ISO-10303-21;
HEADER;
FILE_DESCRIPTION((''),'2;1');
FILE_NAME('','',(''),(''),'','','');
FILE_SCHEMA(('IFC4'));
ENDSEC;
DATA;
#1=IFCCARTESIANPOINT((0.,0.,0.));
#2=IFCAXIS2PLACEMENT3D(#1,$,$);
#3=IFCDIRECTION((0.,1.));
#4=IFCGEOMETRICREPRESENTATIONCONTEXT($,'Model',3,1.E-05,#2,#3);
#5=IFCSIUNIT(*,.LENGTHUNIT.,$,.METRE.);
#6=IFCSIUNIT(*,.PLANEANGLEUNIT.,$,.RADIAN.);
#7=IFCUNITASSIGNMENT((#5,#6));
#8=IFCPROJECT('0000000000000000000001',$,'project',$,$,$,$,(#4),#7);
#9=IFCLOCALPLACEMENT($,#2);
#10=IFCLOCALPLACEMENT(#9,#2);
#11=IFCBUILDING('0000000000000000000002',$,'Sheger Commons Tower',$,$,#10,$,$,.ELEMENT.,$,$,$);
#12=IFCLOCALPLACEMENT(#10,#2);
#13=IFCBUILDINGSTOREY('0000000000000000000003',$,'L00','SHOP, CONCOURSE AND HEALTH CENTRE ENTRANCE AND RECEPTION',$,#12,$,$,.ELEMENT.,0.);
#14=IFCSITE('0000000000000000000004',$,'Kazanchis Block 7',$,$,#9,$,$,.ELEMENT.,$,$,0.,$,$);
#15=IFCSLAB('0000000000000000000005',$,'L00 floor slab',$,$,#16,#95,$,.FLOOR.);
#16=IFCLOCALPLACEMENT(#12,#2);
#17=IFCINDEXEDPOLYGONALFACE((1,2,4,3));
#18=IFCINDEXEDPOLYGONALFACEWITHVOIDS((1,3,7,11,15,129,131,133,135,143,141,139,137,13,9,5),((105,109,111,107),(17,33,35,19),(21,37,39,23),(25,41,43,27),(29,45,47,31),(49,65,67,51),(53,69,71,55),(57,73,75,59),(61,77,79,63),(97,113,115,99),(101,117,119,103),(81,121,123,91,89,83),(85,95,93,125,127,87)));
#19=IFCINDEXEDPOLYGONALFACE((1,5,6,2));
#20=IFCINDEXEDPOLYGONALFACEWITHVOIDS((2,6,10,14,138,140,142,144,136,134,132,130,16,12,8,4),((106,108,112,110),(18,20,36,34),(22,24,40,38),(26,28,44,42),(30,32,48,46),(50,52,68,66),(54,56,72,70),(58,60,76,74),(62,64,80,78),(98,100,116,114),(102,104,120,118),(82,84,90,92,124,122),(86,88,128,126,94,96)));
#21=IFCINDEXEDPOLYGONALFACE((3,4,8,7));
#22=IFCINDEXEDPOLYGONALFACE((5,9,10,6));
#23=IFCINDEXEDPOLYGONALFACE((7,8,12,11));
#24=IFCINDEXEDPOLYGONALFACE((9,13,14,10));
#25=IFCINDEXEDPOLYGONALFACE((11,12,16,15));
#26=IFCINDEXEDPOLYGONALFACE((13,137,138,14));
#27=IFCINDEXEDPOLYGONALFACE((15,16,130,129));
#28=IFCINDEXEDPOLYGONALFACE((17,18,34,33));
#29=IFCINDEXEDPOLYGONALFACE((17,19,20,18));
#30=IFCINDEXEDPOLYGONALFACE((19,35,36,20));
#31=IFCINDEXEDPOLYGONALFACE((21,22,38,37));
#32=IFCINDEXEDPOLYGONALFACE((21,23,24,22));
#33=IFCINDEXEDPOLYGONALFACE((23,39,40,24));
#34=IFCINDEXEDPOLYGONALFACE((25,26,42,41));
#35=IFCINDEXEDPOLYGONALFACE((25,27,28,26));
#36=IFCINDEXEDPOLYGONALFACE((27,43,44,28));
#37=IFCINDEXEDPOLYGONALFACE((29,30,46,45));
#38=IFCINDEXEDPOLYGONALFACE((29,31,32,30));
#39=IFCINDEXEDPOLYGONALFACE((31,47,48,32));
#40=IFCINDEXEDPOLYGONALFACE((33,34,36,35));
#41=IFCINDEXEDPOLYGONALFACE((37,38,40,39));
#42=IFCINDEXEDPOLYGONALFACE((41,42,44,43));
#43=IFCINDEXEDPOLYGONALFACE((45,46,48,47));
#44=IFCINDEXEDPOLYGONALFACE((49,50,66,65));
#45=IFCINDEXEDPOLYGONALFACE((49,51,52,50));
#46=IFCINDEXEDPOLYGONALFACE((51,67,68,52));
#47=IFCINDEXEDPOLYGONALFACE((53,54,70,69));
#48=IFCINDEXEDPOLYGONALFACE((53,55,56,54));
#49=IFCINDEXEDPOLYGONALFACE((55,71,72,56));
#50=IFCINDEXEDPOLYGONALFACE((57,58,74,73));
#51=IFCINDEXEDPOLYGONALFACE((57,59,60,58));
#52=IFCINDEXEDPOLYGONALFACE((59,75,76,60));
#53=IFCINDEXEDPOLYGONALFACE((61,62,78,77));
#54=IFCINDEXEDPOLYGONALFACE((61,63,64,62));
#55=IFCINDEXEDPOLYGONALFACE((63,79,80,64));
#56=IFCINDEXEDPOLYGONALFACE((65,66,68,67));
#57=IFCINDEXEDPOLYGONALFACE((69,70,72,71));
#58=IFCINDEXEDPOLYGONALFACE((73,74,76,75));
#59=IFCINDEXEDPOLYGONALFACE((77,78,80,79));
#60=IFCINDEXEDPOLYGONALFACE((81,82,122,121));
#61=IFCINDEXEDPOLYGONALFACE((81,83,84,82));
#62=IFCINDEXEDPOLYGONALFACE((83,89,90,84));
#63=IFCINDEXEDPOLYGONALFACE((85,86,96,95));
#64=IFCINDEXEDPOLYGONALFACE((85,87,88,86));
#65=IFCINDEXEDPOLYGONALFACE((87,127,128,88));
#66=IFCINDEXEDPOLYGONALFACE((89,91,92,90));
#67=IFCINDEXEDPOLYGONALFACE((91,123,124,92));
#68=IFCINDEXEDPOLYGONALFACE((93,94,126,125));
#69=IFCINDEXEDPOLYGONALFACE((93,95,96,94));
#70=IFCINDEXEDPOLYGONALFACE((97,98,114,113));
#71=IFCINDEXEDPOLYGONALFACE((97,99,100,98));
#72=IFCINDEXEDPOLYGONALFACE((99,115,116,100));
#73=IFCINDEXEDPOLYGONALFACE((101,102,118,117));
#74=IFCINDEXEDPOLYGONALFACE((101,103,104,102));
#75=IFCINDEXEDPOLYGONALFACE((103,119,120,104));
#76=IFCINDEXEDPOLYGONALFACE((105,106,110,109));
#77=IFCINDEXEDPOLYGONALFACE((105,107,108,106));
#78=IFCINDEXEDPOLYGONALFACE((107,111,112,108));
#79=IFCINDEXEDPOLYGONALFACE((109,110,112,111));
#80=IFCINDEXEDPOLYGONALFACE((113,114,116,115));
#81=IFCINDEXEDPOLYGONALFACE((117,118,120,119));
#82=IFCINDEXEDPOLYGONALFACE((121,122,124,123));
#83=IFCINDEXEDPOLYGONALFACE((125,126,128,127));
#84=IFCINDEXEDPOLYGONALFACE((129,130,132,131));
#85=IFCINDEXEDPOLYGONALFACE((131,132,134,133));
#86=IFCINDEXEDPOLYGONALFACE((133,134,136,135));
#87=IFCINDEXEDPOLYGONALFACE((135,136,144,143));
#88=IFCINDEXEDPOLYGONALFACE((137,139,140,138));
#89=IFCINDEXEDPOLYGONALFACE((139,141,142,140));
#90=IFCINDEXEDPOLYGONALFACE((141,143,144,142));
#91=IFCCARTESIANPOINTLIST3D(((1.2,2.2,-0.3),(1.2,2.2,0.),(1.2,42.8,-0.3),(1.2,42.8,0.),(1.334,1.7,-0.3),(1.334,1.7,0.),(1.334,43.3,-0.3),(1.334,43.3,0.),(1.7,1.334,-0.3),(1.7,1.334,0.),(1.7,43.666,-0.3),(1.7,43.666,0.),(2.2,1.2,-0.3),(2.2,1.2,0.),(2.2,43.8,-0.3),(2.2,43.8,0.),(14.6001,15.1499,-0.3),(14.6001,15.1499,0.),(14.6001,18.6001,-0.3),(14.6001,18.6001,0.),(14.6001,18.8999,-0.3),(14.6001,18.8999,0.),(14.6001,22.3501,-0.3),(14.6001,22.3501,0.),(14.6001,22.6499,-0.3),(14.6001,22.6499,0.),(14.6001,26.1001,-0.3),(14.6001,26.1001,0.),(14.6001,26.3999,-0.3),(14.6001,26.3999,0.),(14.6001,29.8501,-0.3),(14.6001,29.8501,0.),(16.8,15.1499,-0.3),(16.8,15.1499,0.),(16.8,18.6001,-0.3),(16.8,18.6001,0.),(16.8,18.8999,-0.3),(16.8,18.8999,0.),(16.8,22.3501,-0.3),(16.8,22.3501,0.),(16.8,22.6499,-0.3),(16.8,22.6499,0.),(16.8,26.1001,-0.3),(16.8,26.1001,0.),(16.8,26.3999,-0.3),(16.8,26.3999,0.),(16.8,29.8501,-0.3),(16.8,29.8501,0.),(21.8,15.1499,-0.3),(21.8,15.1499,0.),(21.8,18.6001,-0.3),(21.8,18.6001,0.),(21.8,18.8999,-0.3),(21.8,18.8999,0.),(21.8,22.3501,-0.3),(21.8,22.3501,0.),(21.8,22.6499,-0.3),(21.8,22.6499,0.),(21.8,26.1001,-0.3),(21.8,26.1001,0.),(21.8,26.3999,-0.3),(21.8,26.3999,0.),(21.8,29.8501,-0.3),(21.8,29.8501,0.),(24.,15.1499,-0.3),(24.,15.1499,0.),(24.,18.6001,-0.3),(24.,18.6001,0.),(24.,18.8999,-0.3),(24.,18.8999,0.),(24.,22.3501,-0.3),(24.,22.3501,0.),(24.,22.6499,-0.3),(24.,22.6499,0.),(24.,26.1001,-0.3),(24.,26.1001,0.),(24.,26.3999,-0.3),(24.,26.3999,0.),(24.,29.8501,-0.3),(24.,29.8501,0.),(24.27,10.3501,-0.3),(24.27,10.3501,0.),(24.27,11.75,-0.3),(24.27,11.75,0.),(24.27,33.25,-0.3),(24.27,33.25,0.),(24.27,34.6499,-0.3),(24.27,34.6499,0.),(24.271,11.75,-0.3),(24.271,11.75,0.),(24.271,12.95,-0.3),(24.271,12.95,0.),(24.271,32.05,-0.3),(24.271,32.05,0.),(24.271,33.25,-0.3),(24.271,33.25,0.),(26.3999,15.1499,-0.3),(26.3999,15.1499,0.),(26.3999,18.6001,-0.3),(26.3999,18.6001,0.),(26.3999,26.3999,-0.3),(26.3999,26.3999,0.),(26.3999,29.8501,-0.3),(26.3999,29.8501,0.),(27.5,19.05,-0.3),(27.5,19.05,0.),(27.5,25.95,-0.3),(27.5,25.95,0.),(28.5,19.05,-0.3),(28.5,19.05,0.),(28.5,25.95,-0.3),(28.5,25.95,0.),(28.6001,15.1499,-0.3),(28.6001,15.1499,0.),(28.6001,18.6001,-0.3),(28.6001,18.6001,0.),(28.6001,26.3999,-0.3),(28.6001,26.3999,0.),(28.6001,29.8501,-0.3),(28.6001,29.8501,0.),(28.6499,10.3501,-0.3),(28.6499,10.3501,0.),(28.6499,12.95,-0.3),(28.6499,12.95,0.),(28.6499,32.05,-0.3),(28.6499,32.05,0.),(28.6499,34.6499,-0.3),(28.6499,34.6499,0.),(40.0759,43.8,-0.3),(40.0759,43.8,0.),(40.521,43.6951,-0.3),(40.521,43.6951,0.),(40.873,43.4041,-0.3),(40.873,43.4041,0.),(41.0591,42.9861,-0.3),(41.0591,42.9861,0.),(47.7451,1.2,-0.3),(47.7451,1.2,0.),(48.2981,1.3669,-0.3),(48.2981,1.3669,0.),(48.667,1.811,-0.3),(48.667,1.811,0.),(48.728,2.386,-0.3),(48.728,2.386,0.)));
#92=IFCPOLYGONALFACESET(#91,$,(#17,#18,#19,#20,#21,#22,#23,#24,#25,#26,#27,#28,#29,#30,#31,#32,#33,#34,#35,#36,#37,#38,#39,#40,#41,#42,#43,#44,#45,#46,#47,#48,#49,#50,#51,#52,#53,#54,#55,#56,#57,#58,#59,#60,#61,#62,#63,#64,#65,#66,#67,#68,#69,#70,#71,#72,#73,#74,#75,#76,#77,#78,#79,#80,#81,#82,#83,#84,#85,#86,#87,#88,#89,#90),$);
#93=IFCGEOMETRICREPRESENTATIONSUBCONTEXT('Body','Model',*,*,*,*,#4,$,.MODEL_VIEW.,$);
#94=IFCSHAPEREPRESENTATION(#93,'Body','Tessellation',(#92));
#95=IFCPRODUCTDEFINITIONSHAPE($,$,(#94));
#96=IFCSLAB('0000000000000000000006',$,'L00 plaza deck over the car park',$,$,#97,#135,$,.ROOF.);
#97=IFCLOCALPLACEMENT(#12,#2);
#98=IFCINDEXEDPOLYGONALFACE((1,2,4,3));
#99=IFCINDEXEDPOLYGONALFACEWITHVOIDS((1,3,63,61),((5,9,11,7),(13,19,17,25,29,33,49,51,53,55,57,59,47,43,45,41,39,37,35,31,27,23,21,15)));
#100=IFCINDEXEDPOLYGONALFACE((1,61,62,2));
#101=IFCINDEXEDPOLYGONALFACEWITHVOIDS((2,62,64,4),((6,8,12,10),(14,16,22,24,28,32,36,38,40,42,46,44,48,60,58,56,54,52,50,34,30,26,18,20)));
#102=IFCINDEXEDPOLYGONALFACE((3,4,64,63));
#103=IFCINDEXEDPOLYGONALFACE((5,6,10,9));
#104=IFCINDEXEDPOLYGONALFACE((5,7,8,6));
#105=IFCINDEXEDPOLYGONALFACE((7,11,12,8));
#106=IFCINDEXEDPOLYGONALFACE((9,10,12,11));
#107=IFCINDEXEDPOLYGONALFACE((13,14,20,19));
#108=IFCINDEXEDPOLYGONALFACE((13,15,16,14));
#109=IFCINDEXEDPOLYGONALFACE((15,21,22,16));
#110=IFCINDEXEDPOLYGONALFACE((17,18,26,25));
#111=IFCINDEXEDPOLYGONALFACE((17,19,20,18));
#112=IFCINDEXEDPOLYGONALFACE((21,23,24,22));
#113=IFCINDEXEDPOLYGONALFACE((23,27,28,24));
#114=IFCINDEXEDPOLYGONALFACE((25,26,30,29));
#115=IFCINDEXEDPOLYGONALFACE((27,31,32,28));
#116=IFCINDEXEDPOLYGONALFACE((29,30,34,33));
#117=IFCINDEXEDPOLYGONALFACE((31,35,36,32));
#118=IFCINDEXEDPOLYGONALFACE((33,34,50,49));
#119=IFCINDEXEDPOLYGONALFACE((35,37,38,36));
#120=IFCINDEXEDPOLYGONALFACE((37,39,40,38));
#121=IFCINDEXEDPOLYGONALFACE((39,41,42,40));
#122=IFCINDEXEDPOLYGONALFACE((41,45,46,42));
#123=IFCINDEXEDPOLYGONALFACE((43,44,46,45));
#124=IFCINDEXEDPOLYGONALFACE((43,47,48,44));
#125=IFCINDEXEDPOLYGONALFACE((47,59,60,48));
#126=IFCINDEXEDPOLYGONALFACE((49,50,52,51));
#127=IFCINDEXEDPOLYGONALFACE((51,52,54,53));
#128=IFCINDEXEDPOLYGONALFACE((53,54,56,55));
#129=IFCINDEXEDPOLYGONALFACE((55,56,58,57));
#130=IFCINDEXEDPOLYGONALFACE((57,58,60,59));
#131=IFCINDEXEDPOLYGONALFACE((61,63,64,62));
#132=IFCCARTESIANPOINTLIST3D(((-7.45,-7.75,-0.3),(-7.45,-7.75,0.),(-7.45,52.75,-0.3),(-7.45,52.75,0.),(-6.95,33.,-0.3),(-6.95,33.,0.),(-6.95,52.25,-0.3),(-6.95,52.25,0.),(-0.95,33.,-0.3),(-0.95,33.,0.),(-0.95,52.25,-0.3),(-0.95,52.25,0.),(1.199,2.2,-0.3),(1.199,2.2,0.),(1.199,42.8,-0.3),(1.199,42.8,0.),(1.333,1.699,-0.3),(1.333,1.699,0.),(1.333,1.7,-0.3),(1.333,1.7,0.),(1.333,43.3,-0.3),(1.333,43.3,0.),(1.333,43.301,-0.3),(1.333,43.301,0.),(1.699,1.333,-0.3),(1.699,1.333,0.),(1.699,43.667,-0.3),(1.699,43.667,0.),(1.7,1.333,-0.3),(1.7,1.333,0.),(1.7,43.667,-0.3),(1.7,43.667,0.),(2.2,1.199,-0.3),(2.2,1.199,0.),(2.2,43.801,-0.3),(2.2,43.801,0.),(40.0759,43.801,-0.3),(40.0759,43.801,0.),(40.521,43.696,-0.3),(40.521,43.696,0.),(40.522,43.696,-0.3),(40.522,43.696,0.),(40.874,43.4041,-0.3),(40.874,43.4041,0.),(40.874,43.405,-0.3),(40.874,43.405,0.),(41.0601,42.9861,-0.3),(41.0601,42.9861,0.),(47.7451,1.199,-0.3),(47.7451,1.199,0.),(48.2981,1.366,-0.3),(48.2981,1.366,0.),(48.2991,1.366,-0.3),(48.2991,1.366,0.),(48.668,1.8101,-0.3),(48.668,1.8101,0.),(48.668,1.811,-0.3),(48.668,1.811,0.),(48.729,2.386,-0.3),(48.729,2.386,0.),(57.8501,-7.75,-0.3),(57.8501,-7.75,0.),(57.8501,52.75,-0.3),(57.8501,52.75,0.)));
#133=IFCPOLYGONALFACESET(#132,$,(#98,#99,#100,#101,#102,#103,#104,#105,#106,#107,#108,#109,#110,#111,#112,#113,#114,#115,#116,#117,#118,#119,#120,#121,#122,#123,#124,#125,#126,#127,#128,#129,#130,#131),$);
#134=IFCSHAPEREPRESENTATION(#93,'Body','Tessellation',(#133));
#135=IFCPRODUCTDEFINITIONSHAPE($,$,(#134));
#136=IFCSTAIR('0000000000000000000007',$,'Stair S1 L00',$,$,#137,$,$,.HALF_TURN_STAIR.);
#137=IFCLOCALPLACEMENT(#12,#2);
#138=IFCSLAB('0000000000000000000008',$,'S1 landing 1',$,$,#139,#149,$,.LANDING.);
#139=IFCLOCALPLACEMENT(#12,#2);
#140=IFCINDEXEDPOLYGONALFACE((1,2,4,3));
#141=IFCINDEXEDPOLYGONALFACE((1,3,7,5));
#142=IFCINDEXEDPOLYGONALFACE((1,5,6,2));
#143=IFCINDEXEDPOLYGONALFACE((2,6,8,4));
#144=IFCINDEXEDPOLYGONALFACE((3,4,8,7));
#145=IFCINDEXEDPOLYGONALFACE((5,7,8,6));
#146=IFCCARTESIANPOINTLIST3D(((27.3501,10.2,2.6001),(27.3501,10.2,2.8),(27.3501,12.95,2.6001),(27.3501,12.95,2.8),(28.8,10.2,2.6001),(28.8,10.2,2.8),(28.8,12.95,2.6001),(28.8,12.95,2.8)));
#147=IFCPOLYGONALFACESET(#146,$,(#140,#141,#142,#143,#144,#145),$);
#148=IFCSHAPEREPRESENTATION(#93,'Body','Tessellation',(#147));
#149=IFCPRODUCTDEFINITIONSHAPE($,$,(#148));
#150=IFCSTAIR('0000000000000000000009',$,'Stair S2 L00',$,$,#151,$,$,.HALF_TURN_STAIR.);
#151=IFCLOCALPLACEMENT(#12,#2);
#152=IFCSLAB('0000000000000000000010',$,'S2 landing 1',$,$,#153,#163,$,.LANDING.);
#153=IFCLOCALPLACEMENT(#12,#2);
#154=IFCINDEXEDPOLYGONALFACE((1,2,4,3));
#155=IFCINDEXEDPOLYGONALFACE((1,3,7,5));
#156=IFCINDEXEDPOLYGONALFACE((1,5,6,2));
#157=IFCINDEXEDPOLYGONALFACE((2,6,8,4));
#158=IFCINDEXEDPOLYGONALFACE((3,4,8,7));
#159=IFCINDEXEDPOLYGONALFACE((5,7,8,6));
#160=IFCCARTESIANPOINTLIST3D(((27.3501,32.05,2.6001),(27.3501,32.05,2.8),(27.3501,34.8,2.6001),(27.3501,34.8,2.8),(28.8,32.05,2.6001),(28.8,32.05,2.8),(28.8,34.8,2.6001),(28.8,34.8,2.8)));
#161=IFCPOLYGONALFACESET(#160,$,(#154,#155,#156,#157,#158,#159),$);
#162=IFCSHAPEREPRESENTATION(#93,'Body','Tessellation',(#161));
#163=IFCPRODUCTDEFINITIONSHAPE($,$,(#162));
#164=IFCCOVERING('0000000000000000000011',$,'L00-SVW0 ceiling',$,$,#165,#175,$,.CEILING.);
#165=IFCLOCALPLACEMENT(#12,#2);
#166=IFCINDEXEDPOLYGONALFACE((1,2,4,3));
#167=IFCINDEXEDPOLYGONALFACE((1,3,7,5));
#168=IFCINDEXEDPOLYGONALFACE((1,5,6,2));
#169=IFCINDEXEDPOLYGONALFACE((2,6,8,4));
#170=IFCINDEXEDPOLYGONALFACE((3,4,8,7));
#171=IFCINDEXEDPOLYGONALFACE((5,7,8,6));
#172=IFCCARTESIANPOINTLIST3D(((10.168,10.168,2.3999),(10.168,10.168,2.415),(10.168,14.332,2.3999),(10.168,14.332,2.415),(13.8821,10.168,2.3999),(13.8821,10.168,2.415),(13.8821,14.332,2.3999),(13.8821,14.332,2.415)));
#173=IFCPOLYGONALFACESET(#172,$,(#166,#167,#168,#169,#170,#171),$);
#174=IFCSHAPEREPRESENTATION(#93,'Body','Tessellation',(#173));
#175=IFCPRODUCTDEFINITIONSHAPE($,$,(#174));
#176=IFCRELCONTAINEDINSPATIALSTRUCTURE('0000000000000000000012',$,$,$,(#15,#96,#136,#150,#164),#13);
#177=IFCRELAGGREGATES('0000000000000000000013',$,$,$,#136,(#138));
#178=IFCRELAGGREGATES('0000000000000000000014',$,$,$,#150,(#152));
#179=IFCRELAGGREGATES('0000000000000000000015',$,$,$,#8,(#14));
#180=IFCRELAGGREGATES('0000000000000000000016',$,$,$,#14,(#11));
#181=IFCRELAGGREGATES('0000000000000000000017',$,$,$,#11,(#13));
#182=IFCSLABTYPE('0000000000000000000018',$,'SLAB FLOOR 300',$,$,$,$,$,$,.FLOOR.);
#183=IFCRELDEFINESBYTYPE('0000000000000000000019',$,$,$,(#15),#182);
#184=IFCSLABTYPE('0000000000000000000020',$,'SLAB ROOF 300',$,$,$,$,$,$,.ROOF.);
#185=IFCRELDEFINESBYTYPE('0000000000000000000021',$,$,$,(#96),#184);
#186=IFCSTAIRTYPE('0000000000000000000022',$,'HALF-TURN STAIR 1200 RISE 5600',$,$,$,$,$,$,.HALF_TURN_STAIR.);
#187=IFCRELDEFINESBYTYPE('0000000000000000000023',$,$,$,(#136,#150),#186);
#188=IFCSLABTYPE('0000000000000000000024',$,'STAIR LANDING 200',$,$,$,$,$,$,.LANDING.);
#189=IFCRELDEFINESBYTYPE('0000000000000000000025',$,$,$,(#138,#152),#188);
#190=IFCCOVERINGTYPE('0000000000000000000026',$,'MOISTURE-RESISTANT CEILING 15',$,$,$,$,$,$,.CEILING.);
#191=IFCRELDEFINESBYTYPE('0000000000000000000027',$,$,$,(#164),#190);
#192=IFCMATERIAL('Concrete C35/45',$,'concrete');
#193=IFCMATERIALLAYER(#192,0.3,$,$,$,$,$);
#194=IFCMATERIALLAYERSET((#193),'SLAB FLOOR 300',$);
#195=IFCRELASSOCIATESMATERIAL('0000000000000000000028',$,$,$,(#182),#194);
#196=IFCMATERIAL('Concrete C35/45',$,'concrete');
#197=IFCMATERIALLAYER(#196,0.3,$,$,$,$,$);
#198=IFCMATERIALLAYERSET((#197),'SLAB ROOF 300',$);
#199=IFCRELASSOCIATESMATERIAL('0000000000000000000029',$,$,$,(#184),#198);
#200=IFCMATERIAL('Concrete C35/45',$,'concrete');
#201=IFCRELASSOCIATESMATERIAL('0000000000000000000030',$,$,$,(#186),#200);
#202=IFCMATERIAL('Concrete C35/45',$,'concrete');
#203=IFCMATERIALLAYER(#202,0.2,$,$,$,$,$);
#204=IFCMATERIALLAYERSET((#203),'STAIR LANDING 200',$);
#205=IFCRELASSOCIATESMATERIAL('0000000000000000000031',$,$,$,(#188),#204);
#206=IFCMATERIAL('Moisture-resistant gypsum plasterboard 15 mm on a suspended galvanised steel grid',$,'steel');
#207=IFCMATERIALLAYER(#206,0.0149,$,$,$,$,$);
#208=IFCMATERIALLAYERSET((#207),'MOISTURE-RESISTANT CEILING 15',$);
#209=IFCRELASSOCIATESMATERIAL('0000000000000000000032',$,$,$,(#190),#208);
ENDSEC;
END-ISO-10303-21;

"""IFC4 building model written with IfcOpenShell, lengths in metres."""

from ifc_helpers import new_model, si_unit, direction, frame, origin, place, context, subcontext, project, spatial, polyline, outline, extrude, material, layer, layer_set, type_object, element, aggregate, save


model = new_model("IFC4")

# Units and contexts
model_context = context("Model", 3, precision=1e-05, world=origin(), true_north=direction((0.0, 1.0)))
body_context = subcontext(model_context, "Body", "Model", "MODEL_VIEW")
ifc_project = project(units=[si_unit("LENGTHUNIT", "METRE"), si_unit("PLANEANGLEUNIT", "RADIAN")], contexts=[model_context])

# Site, building, storey
site_placement = place(None, origin())
site = spatial("IfcSite", under=ifc_project, at=site_placement, Name="Kazanchis Block 7", CompositionType="ELEMENT", RefElevation=0.0)
building_placement = place(site_placement, origin())
building = spatial("IfcBuilding", under=site, at=building_placement, Name="Sheger Commons Tower", CompositionType="ELEMENT")
storey_placement = place(building_placement, origin())
storey = spatial("IfcBuildingStorey", under=building, at=storey_placement, Name="L00", Description="SHOP, CONCOURSE AND HEALTH CENTRE ENTRANCE AND RECEPTION", CompositionType="ELEMENT", Elevation=0.0)

# Slabs
ifc_material_1 = material(Name="Concrete C35/45", Category="concrete")
ifc_layer_1 = layer(ifc_material_1, 0.3)
ifc_layer_set_1 = layer_set([ifc_layer_1], Name="SLAB FLOOR 300")
slab_type_1 = type_object("IfcSlabType", Name="SLAB FLOOR 300", PredefinedType="FLOOR", material=ifc_layer_set_1)
slab_1_placement = place(storey_placement, frame((0.0, 0.0, -0.3)))
element("IfcSlab", 1, at=slab_1_placement, inside=storey, type_object=slab_type_1, Name="L00 floor slab", PredefinedType="FLOOR", context=body_context, shape_type="SweptSolid", body=[
    extrude(outline(polyline([(2.2, 1.2), (47.7451, 1.2), (48.2981, 1.3669), (48.667, 1.811), (48.728, 2.386), (41.0591, 42.9861), (40.873, 43.4041), (40.521, 43.6951), (40.0759, 43.8), (2.2, 43.8), (1.7, 43.666), (1.334, 43.3), (1.2, 42.8), (1.2, 2.2), (1.334, 1.7), (1.7, 1.334), (2.2, 1.2)]), holes=[polyline([(24.27, 10.3501), (28.6499, 10.3501), (28.6499, 12.95), (24.271, 12.95), (24.271, 11.75), (24.27, 11.75), (24.27, 10.3501)]), polyline([(24.271, 32.05), (28.6499, 32.05), (28.6499, 34.6499), (24.27, 34.6499), (24.27, 33.25), (24.271, 33.25), (24.271, 32.05)]), polyline([(26.3999, 15.1499), (28.6001, 15.1499), (28.6001, 18.6001), (26.3999, 18.6001), (26.3999, 15.1499)]), polyline([(26.3999, 26.3999), (28.6001, 26.3999), (28.6001, 29.8501), (26.3999, 29.8501), (26.3999, 26.3999)]), polyline([(14.6001, 15.1499), (16.8, 15.1499), (16.8, 18.6001), (14.6001, 18.6001), (14.6001, 15.1499)]), polyline([(14.6001, 18.8999), (16.8, 18.8999), (16.8, 22.3501), (14.6001, 22.3501), (14.6001, 18.8999)]), polyline([(14.6001, 22.6499), (16.8, 22.6499), (16.8, 26.1001), (14.6001, 26.1001), (14.6001, 22.6499)]), polyline([(14.6001, 26.3999), (16.8, 26.3999), (16.8, 29.8501), (14.6001, 29.8501), (14.6001, 26.3999)]), polyline([(21.8, 15.1499), (24.0, 15.1499), (24.0, 18.6001), (21.8, 18.6001), (21.8, 15.1499)]), polyline([(21.8, 18.8999), (24.0, 18.8999), (24.0, 22.3501), (21.8, 22.3501), (21.8, 18.8999)]), polyline([(21.8, 22.6499), (24.0, 22.6499), (24.0, 26.1001), (21.8, 26.1001), (21.8, 22.6499)]), polyline([(21.8, 26.3999), (24.0, 26.3999), (24.0, 29.8501), (21.8, 29.8501), (21.8, 26.3999)]), polyline([(27.5, 19.05), (28.5, 19.05), (28.5, 25.95), (27.5, 25.95), (27.5, 19.05)])]), origin(), (0.0, 0.0, 1.0), 0.3),
])
ifc_material_2 = material(Name="Concrete C35/45", Category="concrete")
ifc_layer_2 = layer(ifc_material_2, 0.3)
ifc_layer_set_2 = layer_set([ifc_layer_2], Name="SLAB ROOF 300")
slab_type_2 = type_object("IfcSlabType", Name="SLAB ROOF 300", PredefinedType="ROOF", material=ifc_layer_set_2)
slab_2_placement = place(storey_placement, frame((0.0, 0.0, -0.3)))
element("IfcSlab", 2, at=slab_2_placement, inside=storey, type_object=slab_type_2, Name="L00 plaza deck over the car park", PredefinedType="ROOF", context=body_context, shape_type="SweptSolid", body=[
    extrude(outline(polyline([(-7.45, -7.75), (57.8501, -7.75), (57.8501, 52.75), (-7.45, 52.75), (-7.45, -7.75)]), holes=[polyline([(2.2, 1.199), (47.7451, 1.199), (48.2981, 1.366), (48.2991, 1.366), (48.668, 1.8101), (48.668, 1.811), (48.729, 2.386), (41.0601, 42.9861), (40.874, 43.4041), (40.874, 43.405), (40.522, 43.696), (40.521, 43.696), (40.0759, 43.801), (2.2, 43.801), (1.7, 43.667), (1.699, 43.667), (1.333, 43.301), (1.333, 43.3), (1.199, 42.8), (1.199, 2.2), (1.333, 1.7), (1.333, 1.699), (1.699, 1.333), (1.7, 1.333), (2.2, 1.199)]), polyline([(-6.95, 33.0), (-0.95, 33.0), (-0.95, 52.25), (-6.95, 52.25), (-6.95, 33.0)])]), origin(), (0.0, 0.0, 1.0), 0.3),
])

# Stairs, slabs
ifc_material_3 = material(Name="Concrete C35/45", Category="concrete")
stair_type = type_object("IfcStairType", Name="HALF-TURN STAIR 1200 RISE 5600", PredefinedType="HALF_TURN_STAIR", material=ifc_material_3)
stair_1_placement = place(storey_placement, origin())
stair_1 = element("IfcStair", 3, at=stair_1_placement, inside=storey, type_object=stair_type, Name="Stair S1 L00", PredefinedType="HALF_TURN_STAIR")
ifc_material_4 = material(Name="Concrete C35/45", Category="concrete")
ifc_layer_3 = layer(ifc_material_4, 0.2)
ifc_layer_set_3 = layer_set([ifc_layer_3], Name="STAIR LANDING 200")
slab_type_3 = type_object("IfcSlabType", Name="STAIR LANDING 200", PredefinedType="LANDING", material=ifc_layer_set_3)
slab_3_placement = place(storey_placement, frame((0.0, 0.0, 2.6001)))
slab_3 = element("IfcSlab", 4, at=slab_3_placement, type_object=slab_type_3, Name="S1 landing 1", PredefinedType="LANDING", context=body_context, shape_type="SweptSolid", body=[
    extrude(outline(polyline([(27.3501, 10.2), (28.8, 10.2), (28.8, 12.95), (27.3501, 12.95), (27.3501, 10.2)])), origin(), (0.0, 0.0, 1.0), 0.2),
])
aggregate(stair_1, [slab_3])
stair_2_placement = place(storey_placement, origin())
stair_2 = element("IfcStair", 5, at=stair_2_placement, inside=storey, type_object=stair_type, Name="Stair S2 L00", PredefinedType="HALF_TURN_STAIR")
slab_4_placement = place(storey_placement, frame((0.0, 0.0, 2.6001)))
slab_4 = element("IfcSlab", 6, at=slab_4_placement, type_object=slab_type_3, Name="S2 landing 1", PredefinedType="LANDING", context=body_context, shape_type="SweptSolid", body=[
    extrude(outline(polyline([(27.3501, 32.05), (28.8, 32.05), (28.8, 34.8), (27.3501, 34.8), (27.3501, 32.05)])), origin(), (0.0, 0.0, 1.0), 0.2),
])
aggregate(stair_2, [slab_4])

# Covering
ifc_material_5 = material(Name="Moisture-resistant gypsum plasterboard 15 mm on a suspended galvanised steel grid", Category="steel")
ifc_layer_4 = layer(ifc_material_5, 0.0149)
ifc_layer_set_4 = layer_set([ifc_layer_4], Name="MOISTURE-RESISTANT CEILING 15")
covering_type_1 = type_object("IfcCoveringType", Name="MOISTURE-RESISTANT CEILING 15", PredefinedType="CEILING", material=ifc_layer_set_4)
covering_1_placement = place(storey_placement, frame((0.0, 0.0, 2.3999)))
element("IfcCovering", 7, at=covering_1_placement, inside=storey, type_object=covering_type_1, Name="L00-SVW0 ceiling", PredefinedType="CEILING", context=body_context, shape_type="SweptSolid", body=[
    extrude(outline(polyline([(10.168, 10.168), (13.8821, 10.168), (13.8821, 14.332), (10.168, 14.332), (10.168, 10.168)])), origin(), (0.0, 0.0, 1.0), 0.0151),
])

save(model, "model.ifc")
